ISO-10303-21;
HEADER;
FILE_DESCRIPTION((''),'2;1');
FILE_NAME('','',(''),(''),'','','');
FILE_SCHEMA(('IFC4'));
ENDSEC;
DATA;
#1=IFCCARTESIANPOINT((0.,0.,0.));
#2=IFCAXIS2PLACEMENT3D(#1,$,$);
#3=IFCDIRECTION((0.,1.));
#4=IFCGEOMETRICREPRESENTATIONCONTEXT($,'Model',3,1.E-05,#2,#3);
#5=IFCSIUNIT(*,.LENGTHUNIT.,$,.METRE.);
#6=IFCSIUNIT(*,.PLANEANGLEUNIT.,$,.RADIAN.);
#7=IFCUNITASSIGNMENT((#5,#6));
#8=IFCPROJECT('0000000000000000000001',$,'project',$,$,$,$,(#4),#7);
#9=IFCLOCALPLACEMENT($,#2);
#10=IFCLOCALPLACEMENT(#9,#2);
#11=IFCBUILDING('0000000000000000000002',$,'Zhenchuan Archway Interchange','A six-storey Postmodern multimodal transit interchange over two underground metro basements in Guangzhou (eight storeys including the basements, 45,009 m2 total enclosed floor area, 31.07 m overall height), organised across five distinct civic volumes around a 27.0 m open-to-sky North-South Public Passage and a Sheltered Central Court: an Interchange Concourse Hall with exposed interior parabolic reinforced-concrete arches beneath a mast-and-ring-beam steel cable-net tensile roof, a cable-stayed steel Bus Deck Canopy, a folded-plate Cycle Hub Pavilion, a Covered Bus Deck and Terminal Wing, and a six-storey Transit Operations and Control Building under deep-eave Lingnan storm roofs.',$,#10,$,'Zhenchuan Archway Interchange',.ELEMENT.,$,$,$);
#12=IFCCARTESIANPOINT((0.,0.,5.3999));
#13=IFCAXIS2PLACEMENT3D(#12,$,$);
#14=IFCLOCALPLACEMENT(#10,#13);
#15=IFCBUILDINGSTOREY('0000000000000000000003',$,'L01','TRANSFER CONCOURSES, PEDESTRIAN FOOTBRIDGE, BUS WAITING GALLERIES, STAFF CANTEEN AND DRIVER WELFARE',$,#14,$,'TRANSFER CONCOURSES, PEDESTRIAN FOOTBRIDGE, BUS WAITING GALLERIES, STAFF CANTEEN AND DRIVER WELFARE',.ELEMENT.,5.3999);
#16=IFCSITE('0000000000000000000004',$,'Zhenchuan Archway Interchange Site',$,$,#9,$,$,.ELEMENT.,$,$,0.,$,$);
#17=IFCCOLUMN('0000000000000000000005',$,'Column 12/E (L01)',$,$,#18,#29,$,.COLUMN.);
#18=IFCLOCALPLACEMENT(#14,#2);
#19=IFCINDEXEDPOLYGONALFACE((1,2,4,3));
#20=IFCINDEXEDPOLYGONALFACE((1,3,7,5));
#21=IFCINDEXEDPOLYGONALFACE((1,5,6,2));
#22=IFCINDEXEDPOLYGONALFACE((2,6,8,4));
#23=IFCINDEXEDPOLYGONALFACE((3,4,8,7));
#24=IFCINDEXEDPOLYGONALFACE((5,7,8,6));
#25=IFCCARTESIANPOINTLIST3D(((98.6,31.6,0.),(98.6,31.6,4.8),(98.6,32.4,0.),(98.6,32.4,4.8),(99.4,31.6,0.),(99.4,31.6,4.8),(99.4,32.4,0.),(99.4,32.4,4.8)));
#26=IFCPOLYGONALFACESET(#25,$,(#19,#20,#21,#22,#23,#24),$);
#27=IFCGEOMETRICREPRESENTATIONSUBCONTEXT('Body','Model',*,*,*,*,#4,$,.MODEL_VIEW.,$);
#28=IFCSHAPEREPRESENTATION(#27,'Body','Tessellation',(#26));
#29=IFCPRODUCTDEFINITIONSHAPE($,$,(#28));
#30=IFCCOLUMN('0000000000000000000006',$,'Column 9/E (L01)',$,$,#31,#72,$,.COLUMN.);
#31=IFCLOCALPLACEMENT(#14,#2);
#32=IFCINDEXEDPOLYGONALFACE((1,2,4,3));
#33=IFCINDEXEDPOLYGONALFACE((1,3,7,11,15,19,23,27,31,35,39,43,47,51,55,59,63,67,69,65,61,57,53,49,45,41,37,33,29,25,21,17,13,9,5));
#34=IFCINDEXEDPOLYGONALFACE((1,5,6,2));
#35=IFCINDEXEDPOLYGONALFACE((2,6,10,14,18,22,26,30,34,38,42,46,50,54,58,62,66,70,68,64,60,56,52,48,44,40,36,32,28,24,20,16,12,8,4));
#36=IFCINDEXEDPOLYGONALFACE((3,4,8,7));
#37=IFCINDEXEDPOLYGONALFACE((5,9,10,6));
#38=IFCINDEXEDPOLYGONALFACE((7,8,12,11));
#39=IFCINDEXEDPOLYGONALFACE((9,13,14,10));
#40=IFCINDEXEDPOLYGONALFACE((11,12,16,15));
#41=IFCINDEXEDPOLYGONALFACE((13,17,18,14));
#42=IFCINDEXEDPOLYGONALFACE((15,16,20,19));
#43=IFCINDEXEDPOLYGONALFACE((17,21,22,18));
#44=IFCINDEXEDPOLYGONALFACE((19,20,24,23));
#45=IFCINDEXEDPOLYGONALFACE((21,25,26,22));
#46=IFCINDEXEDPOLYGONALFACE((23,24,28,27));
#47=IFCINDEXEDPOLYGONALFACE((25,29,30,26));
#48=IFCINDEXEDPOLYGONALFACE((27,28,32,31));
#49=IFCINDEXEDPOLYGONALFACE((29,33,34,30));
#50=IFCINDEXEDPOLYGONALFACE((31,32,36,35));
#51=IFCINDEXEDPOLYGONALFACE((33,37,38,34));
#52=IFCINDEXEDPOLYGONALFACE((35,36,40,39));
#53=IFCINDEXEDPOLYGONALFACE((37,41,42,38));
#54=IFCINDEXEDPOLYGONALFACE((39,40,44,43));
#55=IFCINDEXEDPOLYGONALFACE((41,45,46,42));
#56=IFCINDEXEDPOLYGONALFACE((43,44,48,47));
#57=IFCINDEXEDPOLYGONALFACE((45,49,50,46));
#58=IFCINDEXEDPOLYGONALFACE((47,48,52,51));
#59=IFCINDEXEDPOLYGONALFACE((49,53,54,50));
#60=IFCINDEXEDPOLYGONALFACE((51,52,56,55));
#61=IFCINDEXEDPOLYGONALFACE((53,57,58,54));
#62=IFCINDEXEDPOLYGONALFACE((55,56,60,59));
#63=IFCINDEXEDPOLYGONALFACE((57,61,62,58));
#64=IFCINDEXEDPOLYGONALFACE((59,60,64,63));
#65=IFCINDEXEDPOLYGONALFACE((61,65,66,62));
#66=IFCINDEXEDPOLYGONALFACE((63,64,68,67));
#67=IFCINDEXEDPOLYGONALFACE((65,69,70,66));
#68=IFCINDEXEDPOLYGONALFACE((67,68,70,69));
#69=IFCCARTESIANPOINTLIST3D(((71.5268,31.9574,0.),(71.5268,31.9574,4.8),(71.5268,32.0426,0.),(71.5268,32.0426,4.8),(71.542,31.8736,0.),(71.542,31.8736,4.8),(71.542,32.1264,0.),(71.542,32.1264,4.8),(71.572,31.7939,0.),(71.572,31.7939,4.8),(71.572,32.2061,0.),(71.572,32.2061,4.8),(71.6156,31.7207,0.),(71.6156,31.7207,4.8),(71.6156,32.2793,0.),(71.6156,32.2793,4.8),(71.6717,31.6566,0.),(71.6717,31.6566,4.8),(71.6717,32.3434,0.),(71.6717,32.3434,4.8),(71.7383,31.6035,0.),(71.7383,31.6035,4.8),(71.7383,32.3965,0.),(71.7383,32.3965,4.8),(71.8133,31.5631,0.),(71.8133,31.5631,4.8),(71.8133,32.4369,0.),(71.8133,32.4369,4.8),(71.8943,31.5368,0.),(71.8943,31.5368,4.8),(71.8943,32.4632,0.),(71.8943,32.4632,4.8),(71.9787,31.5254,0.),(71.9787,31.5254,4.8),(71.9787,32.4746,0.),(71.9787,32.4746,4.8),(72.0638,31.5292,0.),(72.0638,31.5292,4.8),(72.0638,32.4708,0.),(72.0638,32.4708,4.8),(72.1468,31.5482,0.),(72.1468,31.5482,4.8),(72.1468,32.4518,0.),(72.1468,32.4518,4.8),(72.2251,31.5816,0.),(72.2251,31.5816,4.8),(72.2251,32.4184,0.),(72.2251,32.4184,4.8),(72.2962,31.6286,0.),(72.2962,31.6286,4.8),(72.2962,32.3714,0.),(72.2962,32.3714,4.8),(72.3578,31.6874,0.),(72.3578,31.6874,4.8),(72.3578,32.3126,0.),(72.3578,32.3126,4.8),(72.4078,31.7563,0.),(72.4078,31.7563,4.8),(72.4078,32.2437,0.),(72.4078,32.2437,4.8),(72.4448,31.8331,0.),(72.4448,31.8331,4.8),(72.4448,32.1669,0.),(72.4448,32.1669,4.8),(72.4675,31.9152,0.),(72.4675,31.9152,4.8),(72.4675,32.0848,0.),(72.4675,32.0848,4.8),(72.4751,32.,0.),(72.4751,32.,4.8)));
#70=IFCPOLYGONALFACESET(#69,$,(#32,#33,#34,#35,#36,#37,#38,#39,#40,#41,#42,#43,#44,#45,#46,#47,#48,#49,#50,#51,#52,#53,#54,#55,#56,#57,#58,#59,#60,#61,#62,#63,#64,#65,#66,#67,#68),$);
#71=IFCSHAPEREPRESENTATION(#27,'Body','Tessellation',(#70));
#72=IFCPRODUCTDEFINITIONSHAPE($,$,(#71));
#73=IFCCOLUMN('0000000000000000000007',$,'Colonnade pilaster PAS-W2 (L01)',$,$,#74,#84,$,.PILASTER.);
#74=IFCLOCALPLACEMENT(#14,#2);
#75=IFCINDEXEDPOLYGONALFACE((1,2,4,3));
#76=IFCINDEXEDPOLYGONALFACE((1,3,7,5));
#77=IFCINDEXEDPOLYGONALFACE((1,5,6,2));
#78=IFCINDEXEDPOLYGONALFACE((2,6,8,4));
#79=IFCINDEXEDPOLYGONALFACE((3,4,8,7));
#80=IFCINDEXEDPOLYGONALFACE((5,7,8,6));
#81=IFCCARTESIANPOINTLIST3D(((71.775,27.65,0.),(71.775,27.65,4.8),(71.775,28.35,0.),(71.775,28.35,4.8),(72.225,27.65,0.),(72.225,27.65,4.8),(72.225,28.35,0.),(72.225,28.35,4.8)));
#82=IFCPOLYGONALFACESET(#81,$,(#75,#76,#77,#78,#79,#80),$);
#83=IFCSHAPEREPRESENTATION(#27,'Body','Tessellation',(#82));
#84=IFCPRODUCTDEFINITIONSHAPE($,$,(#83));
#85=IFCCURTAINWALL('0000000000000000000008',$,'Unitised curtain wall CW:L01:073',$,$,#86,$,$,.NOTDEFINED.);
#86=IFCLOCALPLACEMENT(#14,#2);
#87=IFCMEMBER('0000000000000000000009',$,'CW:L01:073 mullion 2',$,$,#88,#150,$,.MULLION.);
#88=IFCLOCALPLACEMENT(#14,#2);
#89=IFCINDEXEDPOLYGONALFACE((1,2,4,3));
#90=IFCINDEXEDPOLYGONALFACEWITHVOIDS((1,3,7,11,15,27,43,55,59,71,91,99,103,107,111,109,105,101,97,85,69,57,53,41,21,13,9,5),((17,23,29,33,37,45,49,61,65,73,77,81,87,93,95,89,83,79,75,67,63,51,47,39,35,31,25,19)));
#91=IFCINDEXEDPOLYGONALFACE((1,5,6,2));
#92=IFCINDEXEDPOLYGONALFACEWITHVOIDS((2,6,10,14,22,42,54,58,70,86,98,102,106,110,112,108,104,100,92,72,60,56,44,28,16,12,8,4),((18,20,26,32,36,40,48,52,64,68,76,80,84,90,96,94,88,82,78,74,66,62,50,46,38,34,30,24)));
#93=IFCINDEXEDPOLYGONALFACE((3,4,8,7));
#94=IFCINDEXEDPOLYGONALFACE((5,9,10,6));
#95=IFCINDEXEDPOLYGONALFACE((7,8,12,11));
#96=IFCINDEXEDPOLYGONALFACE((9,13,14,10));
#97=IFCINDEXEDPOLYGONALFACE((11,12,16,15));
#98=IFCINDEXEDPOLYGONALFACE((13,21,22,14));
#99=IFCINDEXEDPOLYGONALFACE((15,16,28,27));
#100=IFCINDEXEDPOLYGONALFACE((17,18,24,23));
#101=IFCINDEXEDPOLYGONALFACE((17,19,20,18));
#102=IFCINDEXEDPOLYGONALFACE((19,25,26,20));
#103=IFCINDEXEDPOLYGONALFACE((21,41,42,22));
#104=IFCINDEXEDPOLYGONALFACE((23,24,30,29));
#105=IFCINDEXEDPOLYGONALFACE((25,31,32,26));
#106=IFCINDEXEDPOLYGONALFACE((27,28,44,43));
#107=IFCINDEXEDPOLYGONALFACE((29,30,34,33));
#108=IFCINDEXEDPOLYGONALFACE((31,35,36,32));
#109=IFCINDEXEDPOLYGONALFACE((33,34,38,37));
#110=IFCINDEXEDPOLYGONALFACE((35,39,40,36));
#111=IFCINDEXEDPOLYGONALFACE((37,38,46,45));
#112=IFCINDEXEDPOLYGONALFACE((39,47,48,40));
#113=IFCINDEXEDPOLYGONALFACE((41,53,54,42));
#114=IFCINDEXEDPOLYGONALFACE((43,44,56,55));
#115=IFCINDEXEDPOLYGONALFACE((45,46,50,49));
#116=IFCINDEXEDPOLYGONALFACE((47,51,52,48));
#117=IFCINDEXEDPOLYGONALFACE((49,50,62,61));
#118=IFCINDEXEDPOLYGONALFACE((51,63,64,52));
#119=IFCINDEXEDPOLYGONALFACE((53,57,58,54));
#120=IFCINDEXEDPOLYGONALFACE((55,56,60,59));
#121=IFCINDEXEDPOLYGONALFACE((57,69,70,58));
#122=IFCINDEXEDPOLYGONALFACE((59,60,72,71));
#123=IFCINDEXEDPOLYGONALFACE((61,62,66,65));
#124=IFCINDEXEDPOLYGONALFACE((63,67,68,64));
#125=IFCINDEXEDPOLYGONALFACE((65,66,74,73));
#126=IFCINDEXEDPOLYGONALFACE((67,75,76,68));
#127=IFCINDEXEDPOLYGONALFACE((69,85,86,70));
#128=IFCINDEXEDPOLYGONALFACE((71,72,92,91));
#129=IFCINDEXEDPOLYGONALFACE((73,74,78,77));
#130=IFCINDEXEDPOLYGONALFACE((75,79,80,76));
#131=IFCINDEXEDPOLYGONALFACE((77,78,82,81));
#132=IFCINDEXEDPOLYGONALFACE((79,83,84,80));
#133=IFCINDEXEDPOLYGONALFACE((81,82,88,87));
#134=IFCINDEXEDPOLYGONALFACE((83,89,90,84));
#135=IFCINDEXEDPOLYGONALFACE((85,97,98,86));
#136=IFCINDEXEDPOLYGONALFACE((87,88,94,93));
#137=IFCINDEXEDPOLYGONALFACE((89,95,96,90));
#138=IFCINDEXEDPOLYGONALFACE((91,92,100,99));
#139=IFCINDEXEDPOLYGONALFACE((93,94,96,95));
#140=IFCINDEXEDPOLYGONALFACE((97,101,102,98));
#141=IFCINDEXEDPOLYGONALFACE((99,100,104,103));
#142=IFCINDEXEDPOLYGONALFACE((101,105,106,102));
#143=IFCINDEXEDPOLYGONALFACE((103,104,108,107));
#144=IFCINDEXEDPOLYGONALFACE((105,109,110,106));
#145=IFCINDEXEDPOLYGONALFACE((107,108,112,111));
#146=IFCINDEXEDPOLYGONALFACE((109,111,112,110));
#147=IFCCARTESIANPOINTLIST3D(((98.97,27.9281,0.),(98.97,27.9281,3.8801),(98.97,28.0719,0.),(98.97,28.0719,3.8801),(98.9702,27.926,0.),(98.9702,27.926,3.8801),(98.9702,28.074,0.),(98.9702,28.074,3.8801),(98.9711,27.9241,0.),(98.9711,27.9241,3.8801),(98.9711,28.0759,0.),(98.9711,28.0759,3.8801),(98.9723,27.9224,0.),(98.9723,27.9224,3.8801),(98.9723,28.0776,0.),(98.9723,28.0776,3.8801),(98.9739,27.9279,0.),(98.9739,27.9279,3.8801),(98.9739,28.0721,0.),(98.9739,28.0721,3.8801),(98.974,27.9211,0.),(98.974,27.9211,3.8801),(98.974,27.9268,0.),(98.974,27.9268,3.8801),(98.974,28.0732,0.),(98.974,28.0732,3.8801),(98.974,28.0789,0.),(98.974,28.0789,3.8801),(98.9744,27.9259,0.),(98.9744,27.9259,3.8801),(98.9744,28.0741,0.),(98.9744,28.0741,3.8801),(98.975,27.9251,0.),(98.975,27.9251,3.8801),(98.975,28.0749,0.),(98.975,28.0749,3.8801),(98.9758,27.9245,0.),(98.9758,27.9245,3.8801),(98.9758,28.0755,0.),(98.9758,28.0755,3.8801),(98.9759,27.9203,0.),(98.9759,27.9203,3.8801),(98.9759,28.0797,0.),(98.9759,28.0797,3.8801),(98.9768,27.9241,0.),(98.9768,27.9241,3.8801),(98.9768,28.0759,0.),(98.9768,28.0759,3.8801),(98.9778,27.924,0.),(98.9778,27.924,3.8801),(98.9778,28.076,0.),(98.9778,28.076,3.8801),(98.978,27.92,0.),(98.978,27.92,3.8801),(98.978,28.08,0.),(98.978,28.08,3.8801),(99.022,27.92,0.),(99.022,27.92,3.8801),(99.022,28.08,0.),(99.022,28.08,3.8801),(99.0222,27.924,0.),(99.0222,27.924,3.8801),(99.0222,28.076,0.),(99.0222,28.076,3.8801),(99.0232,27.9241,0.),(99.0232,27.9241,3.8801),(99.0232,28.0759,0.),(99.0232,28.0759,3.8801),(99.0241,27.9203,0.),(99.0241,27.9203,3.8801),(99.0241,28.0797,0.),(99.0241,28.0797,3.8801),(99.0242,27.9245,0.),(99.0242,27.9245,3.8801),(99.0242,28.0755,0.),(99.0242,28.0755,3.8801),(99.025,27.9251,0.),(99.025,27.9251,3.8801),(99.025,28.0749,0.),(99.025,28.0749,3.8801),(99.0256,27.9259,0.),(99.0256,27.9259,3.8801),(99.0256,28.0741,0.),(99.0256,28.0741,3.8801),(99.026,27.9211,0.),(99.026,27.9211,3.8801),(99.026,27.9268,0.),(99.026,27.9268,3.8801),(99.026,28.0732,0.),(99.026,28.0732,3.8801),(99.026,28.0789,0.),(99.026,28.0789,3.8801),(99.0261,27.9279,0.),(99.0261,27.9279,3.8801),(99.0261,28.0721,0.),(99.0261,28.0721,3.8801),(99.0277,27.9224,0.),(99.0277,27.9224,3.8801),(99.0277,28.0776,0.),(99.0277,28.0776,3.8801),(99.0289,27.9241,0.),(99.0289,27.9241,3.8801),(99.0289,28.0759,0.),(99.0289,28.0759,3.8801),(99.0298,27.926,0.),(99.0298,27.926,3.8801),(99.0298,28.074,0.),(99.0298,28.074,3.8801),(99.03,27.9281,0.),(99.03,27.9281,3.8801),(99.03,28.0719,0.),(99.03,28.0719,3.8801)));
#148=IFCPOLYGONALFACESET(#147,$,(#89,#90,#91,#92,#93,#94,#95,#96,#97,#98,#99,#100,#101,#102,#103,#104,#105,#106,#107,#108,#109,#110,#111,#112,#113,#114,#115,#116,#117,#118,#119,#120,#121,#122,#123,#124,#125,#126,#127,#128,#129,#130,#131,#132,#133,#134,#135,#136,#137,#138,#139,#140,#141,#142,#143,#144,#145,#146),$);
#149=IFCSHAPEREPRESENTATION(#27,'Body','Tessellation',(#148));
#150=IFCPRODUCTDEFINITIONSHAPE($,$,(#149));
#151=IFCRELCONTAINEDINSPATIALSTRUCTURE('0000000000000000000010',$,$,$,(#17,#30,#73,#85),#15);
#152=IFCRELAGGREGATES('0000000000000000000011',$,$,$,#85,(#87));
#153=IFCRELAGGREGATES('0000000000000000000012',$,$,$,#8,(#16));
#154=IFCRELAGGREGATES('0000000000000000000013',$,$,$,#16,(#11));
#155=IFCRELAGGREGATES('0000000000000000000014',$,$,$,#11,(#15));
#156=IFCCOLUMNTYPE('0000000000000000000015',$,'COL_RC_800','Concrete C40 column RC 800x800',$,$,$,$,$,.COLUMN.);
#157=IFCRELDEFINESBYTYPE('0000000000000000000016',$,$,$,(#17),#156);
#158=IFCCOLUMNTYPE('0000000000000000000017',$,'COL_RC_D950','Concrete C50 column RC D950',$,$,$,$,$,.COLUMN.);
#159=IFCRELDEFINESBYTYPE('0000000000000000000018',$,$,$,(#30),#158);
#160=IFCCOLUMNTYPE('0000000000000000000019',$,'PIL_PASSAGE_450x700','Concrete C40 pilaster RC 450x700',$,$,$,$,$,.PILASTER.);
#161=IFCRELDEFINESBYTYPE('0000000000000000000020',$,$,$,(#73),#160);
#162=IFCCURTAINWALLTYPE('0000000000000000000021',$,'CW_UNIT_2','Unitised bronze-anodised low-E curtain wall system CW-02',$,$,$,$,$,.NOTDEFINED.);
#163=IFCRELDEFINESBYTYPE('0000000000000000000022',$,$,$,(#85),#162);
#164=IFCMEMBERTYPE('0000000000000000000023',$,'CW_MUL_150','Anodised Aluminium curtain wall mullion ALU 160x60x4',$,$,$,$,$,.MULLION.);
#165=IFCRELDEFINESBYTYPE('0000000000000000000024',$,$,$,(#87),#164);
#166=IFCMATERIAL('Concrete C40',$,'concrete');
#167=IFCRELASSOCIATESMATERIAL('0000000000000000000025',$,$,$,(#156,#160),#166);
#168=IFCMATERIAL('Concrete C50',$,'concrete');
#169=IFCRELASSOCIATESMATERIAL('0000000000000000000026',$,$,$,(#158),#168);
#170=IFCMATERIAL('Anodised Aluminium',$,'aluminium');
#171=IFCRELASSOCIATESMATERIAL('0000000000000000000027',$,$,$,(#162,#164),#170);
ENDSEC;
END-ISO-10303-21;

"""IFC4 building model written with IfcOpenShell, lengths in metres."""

from ifc_helpers import new_model, si_unit, direction, frame, origin, origin_2d, place, context, subcontext, project, spatial, rectangle, hollow_rectangle, circle, extrude, material, material_profile, profile_set, type_object, element, aggregate, save


model = new_model("IFC4")

# Units and contexts
model_context = context("Model", 3, precision=1e-05, world=origin(), true_north=direction((0.0, 1.0)))
body_context = subcontext(model_context, "Body", "Model", "MODEL_VIEW")
ifc_project = project(units=[si_unit("LENGTHUNIT", "METRE"), si_unit("PLANEANGLEUNIT", "RADIAN")], contexts=[model_context])

# Site, building, storey
site_placement = place(None, origin())
site = spatial("IfcSite", under=ifc_project, at=site_placement, Name="Zhenchuan Archway Interchange Site", CompositionType="ELEMENT", RefElevation=0.0)
building_placement = place(site_placement, origin())
building = spatial("IfcBuilding", under=site, at=building_placement, Name="Zhenchuan Archway Interchange", Description="A six-storey Postmodern multimodal transit interchange over two underground metro basements in Guangzhou (eight storeys including the basements, 45,009 m2 total enclosed floor area, 31.07 m overall height), organised across five distinct civic volumes around a 27.0 m open-to-sky North-South Public Passage and a Sheltered Central Court: an Interchange Concourse Hall with exposed interior parabolic reinforced-concrete arches beneath a mast-and-ring-beam steel cable-net tensile roof, a cable-stayed steel Bus Deck Canopy, a folded-plate Cycle Hub Pavilion, a Covered Bus Deck and Terminal Wing, and a six-storey Transit Operations and Control Building under deep-eave Lingnan storm roofs.", LongName="Zhenchuan Archway Interchange", CompositionType="ELEMENT")
storey_placement = place(building_placement, frame((0.0, 0.0, 5.3999)))
storey = spatial("IfcBuildingStorey", under=building, at=storey_placement, Name="L01", Description="TRANSFER CONCOURSES, PEDESTRIAN FOOTBRIDGE, BUS WAITING GALLERIES, STAFF CANTEEN AND DRIVER WELFARE", LongName="TRANSFER CONCOURSES, PEDESTRIAN FOOTBRIDGE, BUS WAITING GALLERIES, STAFF CANTEEN AND DRIVER WELFARE", CompositionType="ELEMENT", Elevation=5.3999)

# Columns
ifc_material_1 = material(Name="Concrete C40", Category="concrete")
ifc_material_profile_1 = material_profile(ifc_material_1, rectangle(XDim=0.8, YDim=0.8, at=origin_2d()), Name="RC 800x800")
ifc_profile_set_1 = profile_set([ifc_material_profile_1], Name="Concrete C40")
column_type_1 = type_object("IfcColumnType", Name="COL_RC_800", Description="Concrete C40 column RC 800x800", PredefinedType="COLUMN", material=ifc_profile_set_1)
column_1_placement = place(storey_placement, frame((99.0, 32.0, 0.0), z_axis=(0.0, 0.0, 1.0), x_axis=(1.0, 0.0, 0.0)))
element("IfcColumn", 1, at=column_1_placement, inside=storey, type_object=column_type_1, Name="Column 12/E (L01)", PredefinedType="COLUMN", context=body_context, shape_type="SweptSolid", body=[
    extrude(rectangle(XDim=0.8, YDim=0.8, at=origin_2d()), origin(), (0.0, 0.0, 1.0), 4.8),
])
ifc_material_2 = material(Name="Concrete C50", Category="concrete")
ifc_material_profile_2 = material_profile(ifc_material_2, circle(Radius=0.4751, at=origin_2d()), Name="RC D950")
ifc_profile_set_2 = profile_set([ifc_material_profile_2], Name="Concrete C50")
column_type_2 = type_object("IfcColumnType", Name="COL_RC_D950", Description="Concrete C50 column RC D950", PredefinedType="COLUMN", material=ifc_profile_set_2)
column_2_placement = place(storey_placement, frame((72.0, 32.0, 0.0), z_axis=(0.0, 0.0, 1.0), x_axis=(1.0, 0.0, 0.0)))
element("IfcColumn", 2, at=column_2_placement, inside=storey, type_object=column_type_2, Name="Column 9/E (L01)", PredefinedType="COLUMN", context=body_context, shape_type="SweptSolid", body=[
    extrude(circle(Radius=0.4751, at=origin_2d()), origin(), (0.0, 0.0, 1.0), 4.8),
])
ifc_material_profile_3 = material_profile(ifc_material_1, rectangle(XDim=0.45, YDim=0.7, at=origin_2d()), Name="RC 450x700")
ifc_profile_set_3 = profile_set([ifc_material_profile_3], Name="Concrete C40")
column_type_3 = type_object("IfcColumnType", Name="PIL_PASSAGE_450x700", Description="Concrete C40 pilaster RC 450x700", PredefinedType="PILASTER", material=ifc_profile_set_3)
column_3_placement = place(storey_placement, frame((72.0, 28.0, 0.0), z_axis=(0.0, 0.0, 1.0), x_axis=(1.0, 0.0, 0.0)))
element("IfcColumn", 3, at=column_3_placement, inside=storey, type_object=column_type_3, Name="Colonnade pilaster PAS-W2 (L01)", PredefinedType="PILASTER", context=body_context, shape_type="SweptSolid", body=[
    extrude(rectangle(XDim=0.45, YDim=0.7, at=origin_2d()), origin(), (0.0, 0.0, 1.0), 4.8),
])

# Curtain wall, member
ifc_material_3 = material(Name="Anodised Aluminium", Category="aluminium")
curtain_wall_type = type_object("IfcCurtainWallType", Name="CW_UNIT_2", Description="Unitised bronze-anodised low-E curtain wall system CW-02", PredefinedType="NOTDEFINED", material=ifc_material_3)
curtain_wall_placement = place(storey_placement, origin())
curtain_wall = element("IfcCurtainWall", 4, at=curtain_wall_placement, inside=storey, type_object=curtain_wall_type, Name="Unitised curtain wall CW:L01:073", PredefinedType="NOTDEFINED")
ifc_material_profile_4 = material_profile(ifc_material_3, hollow_rectangle(XDim=0.0601, YDim=0.1599, WallThickness=0.0039, InnerFilletRadius=0.0039, OuterFilletRadius=0.0081, at=origin_2d()), Name="ALU 160x60x4")
ifc_profile_set_4 = profile_set([ifc_material_profile_4], Name="Anodised Aluminium")
member_type_1 = type_object("IfcMemberType", Name="CW_MUL_150", Description="Anodised Aluminium curtain wall mullion ALU 160x60x4", PredefinedType="MULLION", material=ifc_profile_set_4)
member_1_placement = place(storey_placement, frame((99.0, 28.0, 0.0), z_axis=(0.0, 0.0, 1.0), x_axis=(1.0, 0.0, 0.0)))
member_1 = element("IfcMember", 5, at=member_1_placement, type_object=member_type_1, Name="CW:L01:073 mullion 2", PredefinedType="MULLION", context=body_context, shape_type="SweptSolid", body=[
    extrude(hollow_rectangle(XDim=0.0601, YDim=0.1599, WallThickness=0.0039, InnerFilletRadius=0.0039, OuterFilletRadius=0.0081, at=origin_2d()), origin(), (0.0, 0.0, 1.0), 3.8801),
])

aggregate(curtain_wall, [member_1])

save(model, "model.ifc")
